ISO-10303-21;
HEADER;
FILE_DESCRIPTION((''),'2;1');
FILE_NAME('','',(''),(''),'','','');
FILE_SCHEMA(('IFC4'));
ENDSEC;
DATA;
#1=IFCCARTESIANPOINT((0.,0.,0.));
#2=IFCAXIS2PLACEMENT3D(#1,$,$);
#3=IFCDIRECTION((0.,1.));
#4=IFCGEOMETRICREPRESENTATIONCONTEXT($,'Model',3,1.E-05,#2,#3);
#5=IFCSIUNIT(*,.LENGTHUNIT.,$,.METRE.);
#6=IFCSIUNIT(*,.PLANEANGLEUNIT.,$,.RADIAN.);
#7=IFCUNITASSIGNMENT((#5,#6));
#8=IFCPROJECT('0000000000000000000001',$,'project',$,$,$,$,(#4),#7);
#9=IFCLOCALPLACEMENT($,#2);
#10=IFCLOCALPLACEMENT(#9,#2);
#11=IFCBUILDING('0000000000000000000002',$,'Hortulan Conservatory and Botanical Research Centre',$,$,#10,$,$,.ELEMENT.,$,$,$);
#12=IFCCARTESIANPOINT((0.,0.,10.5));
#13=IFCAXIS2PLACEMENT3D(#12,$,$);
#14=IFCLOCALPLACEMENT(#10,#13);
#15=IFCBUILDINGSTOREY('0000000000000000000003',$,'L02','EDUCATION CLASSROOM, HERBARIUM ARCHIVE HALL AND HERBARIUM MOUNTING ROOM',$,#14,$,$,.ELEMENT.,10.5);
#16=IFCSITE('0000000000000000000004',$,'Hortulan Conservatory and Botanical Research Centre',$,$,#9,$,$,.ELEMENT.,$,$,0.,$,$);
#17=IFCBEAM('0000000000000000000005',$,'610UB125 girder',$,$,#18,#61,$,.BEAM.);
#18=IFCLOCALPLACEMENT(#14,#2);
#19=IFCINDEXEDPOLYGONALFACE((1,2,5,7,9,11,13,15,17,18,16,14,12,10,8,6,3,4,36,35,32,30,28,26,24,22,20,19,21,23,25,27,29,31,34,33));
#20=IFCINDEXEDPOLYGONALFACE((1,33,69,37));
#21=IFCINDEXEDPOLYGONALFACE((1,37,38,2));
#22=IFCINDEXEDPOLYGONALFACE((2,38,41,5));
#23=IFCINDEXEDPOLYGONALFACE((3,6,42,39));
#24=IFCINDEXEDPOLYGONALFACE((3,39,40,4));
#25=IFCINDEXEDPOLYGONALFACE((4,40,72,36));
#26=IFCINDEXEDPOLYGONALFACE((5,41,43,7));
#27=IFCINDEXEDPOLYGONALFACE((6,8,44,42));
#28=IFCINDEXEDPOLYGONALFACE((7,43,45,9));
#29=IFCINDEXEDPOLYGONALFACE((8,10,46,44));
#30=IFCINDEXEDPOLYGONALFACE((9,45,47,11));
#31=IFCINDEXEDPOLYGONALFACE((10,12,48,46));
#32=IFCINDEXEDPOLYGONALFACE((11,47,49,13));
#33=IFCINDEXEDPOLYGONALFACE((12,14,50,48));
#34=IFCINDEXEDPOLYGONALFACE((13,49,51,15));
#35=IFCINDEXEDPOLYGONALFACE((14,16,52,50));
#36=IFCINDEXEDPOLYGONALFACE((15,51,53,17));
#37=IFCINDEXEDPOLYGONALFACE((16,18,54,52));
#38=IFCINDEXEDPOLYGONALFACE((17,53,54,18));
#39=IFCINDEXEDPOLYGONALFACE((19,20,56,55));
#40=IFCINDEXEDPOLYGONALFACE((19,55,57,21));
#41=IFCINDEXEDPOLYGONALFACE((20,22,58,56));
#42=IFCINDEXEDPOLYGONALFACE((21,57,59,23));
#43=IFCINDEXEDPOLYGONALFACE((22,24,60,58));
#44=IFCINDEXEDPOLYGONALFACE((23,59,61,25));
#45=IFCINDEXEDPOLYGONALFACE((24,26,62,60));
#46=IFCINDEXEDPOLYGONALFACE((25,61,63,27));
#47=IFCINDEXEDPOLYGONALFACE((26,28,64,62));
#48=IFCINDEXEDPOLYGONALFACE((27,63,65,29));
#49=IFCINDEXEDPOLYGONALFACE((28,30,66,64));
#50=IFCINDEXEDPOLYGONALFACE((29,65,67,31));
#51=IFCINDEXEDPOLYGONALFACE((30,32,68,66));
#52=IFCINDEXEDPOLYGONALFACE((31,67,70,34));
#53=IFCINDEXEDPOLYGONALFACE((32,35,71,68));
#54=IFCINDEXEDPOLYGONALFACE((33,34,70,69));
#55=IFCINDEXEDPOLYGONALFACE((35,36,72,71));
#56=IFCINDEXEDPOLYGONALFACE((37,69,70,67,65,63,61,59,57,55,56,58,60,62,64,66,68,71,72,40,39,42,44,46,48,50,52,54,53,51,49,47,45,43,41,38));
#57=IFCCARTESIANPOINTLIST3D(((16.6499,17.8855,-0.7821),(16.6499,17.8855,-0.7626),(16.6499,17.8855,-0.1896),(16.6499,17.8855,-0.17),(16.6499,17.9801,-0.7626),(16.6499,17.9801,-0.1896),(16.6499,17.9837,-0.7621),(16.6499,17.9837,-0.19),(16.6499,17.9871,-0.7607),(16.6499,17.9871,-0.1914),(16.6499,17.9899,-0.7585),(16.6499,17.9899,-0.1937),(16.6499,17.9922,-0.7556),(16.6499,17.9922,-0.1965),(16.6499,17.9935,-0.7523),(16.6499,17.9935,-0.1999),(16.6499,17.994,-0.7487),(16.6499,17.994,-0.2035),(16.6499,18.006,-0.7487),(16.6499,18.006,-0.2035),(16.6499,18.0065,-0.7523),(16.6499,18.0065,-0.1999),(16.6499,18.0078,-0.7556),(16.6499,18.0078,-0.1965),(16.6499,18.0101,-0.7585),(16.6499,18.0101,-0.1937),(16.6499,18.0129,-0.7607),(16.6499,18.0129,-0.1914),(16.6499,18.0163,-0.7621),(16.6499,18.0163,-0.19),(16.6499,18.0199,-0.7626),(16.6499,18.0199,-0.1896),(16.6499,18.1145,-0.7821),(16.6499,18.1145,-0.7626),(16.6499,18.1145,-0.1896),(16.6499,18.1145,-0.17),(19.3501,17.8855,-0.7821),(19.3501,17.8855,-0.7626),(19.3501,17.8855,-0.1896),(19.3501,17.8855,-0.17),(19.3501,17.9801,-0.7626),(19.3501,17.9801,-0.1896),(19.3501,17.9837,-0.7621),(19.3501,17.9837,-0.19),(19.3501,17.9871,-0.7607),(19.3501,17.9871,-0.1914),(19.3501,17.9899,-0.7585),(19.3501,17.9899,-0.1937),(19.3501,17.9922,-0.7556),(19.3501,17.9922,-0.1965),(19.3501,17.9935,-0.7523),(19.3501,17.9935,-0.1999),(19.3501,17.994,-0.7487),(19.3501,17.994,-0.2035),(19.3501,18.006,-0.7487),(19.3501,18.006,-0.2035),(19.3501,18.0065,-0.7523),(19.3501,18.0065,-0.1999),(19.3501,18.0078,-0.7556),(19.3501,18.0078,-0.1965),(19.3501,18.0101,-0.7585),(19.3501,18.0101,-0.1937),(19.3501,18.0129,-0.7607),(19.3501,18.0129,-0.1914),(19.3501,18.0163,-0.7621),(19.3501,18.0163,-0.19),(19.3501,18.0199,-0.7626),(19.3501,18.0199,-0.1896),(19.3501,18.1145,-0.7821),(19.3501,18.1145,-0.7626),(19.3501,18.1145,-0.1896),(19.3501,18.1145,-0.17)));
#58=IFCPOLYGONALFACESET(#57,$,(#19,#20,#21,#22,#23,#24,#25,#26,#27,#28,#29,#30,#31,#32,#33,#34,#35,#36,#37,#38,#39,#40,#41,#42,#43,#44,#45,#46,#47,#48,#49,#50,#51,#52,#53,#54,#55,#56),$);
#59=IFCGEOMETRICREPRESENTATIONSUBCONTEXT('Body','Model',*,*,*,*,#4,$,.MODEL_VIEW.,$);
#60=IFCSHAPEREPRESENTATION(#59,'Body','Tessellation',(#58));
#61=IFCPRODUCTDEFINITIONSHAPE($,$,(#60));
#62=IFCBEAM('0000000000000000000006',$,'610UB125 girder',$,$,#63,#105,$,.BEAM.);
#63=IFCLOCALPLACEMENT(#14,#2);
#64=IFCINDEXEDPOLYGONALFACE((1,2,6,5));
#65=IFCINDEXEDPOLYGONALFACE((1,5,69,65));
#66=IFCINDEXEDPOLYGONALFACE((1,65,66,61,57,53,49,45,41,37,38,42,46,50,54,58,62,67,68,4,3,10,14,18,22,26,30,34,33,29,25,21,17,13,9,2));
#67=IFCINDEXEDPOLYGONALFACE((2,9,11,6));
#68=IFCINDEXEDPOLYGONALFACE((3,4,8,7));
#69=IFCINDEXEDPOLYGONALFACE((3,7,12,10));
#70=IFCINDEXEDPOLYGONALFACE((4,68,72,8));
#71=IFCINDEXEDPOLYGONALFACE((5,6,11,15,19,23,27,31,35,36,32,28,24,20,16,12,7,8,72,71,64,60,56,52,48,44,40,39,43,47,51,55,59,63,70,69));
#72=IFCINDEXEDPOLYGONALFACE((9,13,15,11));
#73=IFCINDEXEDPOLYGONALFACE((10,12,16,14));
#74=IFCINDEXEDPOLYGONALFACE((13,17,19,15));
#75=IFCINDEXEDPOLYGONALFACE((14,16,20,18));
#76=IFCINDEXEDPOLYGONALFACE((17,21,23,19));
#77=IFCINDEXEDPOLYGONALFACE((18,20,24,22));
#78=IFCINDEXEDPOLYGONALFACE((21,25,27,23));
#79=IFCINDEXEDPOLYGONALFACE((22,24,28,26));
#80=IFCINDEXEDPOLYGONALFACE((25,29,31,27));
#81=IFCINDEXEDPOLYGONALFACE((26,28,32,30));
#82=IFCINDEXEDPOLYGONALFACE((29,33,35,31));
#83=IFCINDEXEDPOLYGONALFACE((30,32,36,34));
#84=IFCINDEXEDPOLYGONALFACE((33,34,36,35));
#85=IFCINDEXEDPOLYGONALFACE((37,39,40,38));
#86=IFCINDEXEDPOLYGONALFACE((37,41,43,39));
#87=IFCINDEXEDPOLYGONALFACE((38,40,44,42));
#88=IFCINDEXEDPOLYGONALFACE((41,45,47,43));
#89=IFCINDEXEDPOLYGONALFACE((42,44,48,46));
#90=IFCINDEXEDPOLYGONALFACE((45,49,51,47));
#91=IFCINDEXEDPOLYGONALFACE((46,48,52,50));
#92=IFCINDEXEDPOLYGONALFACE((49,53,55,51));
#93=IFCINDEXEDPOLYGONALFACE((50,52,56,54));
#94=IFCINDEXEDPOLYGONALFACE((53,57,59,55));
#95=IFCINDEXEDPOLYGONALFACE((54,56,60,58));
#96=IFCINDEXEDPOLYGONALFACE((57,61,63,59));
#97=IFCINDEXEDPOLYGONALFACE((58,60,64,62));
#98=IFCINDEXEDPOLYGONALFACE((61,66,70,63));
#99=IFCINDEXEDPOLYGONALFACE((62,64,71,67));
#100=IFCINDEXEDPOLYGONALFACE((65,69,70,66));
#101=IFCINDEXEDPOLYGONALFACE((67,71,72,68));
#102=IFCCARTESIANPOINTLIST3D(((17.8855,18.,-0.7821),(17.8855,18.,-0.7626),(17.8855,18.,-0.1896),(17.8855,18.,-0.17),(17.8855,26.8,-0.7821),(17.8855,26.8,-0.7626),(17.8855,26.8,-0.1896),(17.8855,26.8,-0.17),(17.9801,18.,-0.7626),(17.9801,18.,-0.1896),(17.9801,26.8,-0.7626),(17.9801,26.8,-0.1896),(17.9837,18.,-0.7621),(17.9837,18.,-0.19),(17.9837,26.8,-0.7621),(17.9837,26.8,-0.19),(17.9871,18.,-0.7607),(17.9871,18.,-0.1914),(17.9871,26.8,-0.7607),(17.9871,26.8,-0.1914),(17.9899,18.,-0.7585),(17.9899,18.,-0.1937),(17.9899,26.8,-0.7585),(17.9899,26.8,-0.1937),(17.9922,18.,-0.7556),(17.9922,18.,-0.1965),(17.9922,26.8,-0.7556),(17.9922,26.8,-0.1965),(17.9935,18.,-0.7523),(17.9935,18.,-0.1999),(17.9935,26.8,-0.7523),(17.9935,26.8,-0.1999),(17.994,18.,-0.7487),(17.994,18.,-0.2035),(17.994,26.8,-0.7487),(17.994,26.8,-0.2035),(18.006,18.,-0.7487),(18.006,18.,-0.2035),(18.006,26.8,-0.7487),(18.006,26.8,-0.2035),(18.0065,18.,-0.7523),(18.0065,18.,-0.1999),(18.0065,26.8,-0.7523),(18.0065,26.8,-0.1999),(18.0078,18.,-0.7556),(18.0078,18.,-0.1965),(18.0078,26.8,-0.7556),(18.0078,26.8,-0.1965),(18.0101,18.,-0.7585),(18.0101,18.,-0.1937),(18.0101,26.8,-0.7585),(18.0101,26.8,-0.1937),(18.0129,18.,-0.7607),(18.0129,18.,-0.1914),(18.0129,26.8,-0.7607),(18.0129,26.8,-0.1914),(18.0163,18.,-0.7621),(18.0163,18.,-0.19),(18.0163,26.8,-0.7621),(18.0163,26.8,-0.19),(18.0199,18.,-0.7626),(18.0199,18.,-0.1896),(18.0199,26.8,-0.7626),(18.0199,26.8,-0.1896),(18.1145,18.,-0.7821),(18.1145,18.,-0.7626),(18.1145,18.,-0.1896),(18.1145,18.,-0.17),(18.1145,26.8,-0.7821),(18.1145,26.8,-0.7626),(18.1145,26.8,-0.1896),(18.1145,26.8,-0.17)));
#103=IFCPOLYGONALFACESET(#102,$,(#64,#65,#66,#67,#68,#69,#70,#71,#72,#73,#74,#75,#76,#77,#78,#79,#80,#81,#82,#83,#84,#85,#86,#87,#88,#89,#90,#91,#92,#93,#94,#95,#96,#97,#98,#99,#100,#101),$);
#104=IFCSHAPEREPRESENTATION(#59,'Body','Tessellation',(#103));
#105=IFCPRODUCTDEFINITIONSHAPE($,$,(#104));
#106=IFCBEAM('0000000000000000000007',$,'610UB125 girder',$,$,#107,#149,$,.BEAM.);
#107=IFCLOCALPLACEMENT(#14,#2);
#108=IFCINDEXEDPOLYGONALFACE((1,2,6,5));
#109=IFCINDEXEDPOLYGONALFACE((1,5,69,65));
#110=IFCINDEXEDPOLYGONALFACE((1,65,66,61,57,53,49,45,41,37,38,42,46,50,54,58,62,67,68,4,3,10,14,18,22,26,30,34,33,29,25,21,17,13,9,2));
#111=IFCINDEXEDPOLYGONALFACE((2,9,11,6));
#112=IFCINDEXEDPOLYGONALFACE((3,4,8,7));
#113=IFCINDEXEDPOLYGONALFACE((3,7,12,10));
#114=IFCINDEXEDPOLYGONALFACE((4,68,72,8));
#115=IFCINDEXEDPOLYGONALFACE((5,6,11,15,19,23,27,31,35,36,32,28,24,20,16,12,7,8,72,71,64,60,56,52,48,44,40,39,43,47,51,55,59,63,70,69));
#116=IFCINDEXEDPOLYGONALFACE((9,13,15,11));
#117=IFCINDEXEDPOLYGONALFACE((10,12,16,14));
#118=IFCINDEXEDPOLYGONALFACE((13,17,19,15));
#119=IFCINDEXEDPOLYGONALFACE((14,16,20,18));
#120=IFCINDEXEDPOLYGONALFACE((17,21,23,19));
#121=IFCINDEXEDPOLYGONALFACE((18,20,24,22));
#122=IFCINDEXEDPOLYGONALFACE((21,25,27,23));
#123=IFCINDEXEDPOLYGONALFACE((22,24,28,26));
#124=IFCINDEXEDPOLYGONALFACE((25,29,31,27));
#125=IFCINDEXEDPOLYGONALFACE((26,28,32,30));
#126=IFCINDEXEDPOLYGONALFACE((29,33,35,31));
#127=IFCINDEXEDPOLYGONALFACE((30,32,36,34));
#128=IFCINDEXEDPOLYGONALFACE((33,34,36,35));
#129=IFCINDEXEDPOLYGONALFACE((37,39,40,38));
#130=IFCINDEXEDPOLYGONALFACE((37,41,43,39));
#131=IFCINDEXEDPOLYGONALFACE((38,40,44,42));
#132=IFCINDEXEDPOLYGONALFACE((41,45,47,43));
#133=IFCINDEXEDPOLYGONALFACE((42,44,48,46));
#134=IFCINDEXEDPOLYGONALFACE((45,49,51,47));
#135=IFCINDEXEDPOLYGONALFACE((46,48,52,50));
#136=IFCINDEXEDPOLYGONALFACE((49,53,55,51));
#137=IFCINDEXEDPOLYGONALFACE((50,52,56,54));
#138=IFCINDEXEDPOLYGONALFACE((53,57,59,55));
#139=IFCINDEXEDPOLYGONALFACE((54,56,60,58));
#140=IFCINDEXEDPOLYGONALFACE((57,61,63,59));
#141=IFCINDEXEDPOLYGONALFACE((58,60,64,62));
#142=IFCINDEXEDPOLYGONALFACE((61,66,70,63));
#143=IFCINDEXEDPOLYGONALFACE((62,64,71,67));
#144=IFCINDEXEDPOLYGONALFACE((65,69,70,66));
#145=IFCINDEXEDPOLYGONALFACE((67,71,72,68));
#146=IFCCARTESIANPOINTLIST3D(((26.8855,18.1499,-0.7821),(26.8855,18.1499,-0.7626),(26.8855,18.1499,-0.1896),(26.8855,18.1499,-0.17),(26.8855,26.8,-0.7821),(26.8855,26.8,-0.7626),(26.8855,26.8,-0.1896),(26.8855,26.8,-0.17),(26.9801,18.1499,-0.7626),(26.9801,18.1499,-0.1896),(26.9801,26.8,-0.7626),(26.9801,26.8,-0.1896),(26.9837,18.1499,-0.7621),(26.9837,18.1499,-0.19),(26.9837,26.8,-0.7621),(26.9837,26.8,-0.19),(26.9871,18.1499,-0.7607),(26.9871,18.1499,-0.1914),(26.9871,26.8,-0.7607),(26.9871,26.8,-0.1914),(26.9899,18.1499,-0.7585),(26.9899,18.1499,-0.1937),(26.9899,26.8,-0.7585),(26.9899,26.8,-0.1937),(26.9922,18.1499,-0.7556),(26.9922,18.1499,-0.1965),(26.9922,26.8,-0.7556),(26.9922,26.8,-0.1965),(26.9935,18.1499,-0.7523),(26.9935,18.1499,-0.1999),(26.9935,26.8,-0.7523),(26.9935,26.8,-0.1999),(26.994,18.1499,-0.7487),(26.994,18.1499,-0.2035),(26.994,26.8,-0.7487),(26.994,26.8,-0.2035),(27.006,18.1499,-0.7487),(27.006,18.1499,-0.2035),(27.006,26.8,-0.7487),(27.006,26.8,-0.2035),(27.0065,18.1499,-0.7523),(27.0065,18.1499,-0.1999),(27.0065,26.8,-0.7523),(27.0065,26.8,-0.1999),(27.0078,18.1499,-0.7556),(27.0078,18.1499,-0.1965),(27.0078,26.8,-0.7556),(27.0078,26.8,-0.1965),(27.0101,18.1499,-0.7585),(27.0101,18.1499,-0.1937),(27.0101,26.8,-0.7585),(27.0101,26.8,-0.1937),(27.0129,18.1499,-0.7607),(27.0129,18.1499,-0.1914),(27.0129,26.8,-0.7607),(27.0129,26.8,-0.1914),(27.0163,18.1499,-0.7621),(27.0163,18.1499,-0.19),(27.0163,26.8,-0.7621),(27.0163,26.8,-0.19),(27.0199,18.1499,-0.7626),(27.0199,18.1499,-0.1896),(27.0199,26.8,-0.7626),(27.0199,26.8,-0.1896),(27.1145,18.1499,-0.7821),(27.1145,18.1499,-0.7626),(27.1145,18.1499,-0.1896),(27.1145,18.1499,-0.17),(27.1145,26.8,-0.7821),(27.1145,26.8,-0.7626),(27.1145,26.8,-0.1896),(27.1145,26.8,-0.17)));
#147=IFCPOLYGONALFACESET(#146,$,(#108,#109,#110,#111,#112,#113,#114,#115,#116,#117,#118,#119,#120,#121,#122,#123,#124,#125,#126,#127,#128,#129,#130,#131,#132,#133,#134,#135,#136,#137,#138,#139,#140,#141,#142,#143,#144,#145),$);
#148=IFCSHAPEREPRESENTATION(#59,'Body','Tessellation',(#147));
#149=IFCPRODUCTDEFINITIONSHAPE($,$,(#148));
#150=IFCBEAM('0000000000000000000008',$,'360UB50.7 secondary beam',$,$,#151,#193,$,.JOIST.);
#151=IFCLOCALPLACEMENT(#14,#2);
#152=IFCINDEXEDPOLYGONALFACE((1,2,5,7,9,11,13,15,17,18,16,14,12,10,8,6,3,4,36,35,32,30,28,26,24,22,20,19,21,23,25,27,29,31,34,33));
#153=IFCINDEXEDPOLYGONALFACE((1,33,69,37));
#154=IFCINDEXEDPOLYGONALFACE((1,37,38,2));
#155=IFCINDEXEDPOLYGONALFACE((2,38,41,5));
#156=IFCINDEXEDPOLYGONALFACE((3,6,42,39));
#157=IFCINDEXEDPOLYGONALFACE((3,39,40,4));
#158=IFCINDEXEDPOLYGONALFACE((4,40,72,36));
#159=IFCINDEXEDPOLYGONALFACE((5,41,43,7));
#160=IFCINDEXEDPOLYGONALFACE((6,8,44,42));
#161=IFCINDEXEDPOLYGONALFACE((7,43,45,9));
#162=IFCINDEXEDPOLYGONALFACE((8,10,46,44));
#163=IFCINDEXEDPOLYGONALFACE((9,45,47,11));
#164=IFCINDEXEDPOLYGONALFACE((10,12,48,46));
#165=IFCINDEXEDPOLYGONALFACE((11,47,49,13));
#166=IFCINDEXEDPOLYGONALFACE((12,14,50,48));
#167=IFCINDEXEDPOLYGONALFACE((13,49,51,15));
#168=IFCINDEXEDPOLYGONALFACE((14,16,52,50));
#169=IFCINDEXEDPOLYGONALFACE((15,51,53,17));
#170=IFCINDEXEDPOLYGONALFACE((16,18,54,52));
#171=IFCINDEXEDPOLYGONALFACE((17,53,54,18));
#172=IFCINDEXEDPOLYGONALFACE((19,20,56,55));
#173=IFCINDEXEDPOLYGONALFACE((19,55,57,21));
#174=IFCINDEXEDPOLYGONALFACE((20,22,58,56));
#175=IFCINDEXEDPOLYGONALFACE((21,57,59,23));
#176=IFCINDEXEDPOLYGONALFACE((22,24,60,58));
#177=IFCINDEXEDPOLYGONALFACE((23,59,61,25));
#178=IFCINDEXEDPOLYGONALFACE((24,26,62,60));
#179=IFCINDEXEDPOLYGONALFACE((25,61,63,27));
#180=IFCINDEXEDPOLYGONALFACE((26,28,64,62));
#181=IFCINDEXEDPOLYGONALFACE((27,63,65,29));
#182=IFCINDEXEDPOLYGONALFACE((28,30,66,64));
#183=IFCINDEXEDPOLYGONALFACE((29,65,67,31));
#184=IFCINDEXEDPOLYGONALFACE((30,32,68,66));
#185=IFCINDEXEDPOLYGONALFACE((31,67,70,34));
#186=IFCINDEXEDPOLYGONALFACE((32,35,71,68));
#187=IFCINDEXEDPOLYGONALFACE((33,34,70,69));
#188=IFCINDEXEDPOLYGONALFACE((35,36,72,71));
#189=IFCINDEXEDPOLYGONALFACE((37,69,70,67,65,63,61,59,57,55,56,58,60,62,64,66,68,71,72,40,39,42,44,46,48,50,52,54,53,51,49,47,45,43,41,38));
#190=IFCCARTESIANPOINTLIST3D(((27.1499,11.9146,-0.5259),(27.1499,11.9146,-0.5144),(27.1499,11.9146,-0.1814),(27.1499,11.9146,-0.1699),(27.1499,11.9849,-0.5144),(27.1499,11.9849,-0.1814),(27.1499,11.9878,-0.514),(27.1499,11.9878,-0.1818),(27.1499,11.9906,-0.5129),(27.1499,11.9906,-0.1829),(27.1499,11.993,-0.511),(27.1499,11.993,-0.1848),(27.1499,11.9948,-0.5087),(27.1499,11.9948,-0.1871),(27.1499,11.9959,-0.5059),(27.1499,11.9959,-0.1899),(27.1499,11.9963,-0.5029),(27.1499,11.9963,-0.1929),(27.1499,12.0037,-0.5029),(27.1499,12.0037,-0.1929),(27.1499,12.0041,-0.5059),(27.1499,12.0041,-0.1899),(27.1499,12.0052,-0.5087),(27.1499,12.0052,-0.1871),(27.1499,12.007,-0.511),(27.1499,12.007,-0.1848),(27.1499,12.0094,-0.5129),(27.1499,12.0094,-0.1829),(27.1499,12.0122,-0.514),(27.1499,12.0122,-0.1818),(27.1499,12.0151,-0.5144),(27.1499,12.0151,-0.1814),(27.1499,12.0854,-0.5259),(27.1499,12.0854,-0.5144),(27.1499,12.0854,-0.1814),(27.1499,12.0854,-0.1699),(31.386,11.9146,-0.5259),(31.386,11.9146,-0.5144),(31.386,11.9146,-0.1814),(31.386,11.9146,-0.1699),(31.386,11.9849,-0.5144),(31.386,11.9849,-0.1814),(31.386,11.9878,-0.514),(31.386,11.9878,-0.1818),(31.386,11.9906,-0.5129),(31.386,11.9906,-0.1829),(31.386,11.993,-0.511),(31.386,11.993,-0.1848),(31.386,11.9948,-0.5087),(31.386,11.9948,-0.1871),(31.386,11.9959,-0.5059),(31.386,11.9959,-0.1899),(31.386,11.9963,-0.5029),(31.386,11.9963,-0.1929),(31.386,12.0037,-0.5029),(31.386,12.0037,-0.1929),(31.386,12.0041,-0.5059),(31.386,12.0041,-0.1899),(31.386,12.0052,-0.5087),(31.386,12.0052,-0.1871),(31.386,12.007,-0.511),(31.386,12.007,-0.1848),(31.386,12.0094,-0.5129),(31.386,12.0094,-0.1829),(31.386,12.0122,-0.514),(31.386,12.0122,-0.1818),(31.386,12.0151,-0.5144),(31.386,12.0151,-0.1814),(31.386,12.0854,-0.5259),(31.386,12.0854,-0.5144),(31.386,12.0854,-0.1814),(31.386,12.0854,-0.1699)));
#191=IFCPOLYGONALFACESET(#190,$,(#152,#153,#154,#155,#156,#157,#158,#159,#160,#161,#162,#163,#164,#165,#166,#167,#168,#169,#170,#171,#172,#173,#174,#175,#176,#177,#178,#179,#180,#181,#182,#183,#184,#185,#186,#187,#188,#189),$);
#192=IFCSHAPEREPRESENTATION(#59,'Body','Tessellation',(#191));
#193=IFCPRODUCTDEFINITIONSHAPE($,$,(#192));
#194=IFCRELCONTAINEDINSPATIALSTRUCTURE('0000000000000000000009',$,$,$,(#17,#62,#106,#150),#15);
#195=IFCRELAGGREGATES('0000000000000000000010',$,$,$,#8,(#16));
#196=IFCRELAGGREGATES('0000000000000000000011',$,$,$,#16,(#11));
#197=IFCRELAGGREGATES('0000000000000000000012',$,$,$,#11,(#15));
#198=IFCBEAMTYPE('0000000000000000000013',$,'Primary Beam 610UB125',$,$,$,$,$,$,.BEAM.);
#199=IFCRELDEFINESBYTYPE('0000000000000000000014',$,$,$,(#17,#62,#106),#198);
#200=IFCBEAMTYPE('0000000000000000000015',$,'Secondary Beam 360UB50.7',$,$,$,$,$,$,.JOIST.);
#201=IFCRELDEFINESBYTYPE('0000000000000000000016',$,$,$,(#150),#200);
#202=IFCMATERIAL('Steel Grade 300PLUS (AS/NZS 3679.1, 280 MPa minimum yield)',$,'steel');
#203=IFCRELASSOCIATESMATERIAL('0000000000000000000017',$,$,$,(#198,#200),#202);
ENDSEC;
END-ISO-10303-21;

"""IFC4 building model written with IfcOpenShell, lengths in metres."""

from ifc_helpers import new_model, si_unit, direction, frame, origin, origin_2d, place, context, subcontext, project, spatial, i_section, extrude, material, material_profile, profile_set, type_object, element, save


model = new_model("IFC4")

# Units and contexts
model_context = context("Model", 3, precision=1e-05, world=origin(), true_north=direction((0.0, 1.0)))
body_context = subcontext(model_context, "Body", "Model", "MODEL_VIEW")
ifc_project = project(units=[si_unit("LENGTHUNIT", "METRE"), si_unit("PLANEANGLEUNIT", "RADIAN")], contexts=[model_context])

# Site, building, storey
site_placement = place(None, origin())
site = spatial("IfcSite", under=ifc_project, at=site_placement, Name="Hortulan Conservatory and Botanical Research Centre", CompositionType="ELEMENT", RefElevation=0.0)
building_placement = place(site_placement, origin())
building = spatial("IfcBuilding", under=site, at=building_placement, Name="Hortulan Conservatory and Botanical Research Centre", CompositionType="ELEMENT")
storey_placement = place(building_placement, frame((0.0, 0.0, 10.5)))
storey = spatial("IfcBuildingStorey", under=building, at=storey_placement, Name="L02", Description="EDUCATION CLASSROOM, HERBARIUM ARCHIVE HALL AND HERBARIUM MOUNTING ROOM", CompositionType="ELEMENT", Elevation=10.5)

# Beams
ifc_material_1 = material(Name="Steel Grade 300PLUS (AS/NZS 3679.1, 280 MPa minimum yield)", Category="steel")
ifc_material_profile_1 = material_profile(ifc_material_1, i_section(OverallWidth=0.229, OverallDepth=0.6121, WebThickness=0.012, FlangeThickness=0.0195, FilletRadius=0.0139, at=origin_2d()), Name="610UB125")
ifc_profile_set_1 = profile_set([ifc_material_profile_1], Name="Steel Grade 300PLUS (AS/NZS 3679.1, 280 MPa minimum yield)")
beam_type_1 = type_object("IfcBeamType", Name="Primary Beam 610UB125", PredefinedType="BEAM", material=ifc_profile_set_1)
beam_1_placement = place(storey_placement, frame((16.6499, 18.0, -0.4761), z_axis=(1.0, 0.0, 0.0), x_axis=(0.0, 1.0, 0.0)))
element("IfcBeam", 1, at=beam_1_placement, inside=storey, type_object=beam_type_1, Name="610UB125 girder", PredefinedType="BEAM", context=body_context, shape_type="SweptSolid", body=[
    extrude(i_section(OverallWidth=0.229, OverallDepth=0.6121, WebThickness=0.012, FlangeThickness=0.0195, FilletRadius=0.0139, at=origin_2d()), origin(), (0.0, 0.0, 1.0), 2.7002),
])
beam_2_placement = place(storey_placement, frame((18.0, 18.0, -0.4761), z_axis=(0.0, 1.0, 0.0), x_axis=(-1.0, 0.0, 0.0)))
element("IfcBeam", 2, at=beam_2_placement, inside=storey, type_object=beam_type_1, Name="610UB125 girder", PredefinedType="BEAM", context=body_context, shape_type="SweptSolid", body=[
    extrude(i_section(OverallWidth=0.229, OverallDepth=0.6121, WebThickness=0.012, FlangeThickness=0.0195, FilletRadius=0.0139, at=origin_2d()), origin(), (0.0, 0.0, 1.0), 8.8),
])
beam_3_placement = place(storey_placement, frame((27.0, 18.1499, -0.4761), z_axis=(0.0, 1.0, 0.0), x_axis=(-1.0, 0.0, 0.0)))
element("IfcBeam", 3, at=beam_3_placement, inside=storey, type_object=beam_type_1, Name="610UB125 girder", PredefinedType="BEAM", context=body_context, shape_type="SweptSolid", body=[
    extrude(i_section(OverallWidth=0.229, OverallDepth=0.6121, WebThickness=0.012, FlangeThickness=0.0195, FilletRadius=0.0139, at=origin_2d()), origin(), (0.0, 0.0, 1.0), 8.6501),
])
ifc_material_profile_2 = material_profile(ifc_material_1, i_section(OverallWidth=0.1709, OverallDepth=0.356, WebThickness=0.0073, FlangeThickness=0.0115, FilletRadius=0.0115, at=origin_2d()), Name="360UB50.7")
ifc_profile_set_2 = profile_set([ifc_material_profile_2], Name="Steel Grade 300PLUS (AS/NZS 3679.1, 280 MPa minimum yield)")
beam_type_2 = type_object("IfcBeamType", Name="Secondary Beam 360UB50.7", PredefinedType="JOIST", material=ifc_profile_set_2)
for number, where, z_axis, x_axis, name in (
    (4, (27.1499, 12.0, -0.3479), (1.0, 0.0, 0.0), (0.0, 1.0, 0.0), "360UB50.7 secondary beam"),
):
    element("IfcBeam", number, at=place(storey_placement, frame(where, z_axis=z_axis, x_axis=x_axis)), inside=storey, type_object=beam_type_2, Name=name, PredefinedType="JOIST", context=body_context, shape_type="SweptSolid", body=[
        extrude(i_section(OverallWidth=0.1709, OverallDepth=0.356, WebThickness=0.0073, FlangeThickness=0.0115, FilletRadius=0.0115, at=origin_2d()), origin(), (0.0, 0.0, 1.0), 4.2361),
    ])

save(model, "model.ifc")
